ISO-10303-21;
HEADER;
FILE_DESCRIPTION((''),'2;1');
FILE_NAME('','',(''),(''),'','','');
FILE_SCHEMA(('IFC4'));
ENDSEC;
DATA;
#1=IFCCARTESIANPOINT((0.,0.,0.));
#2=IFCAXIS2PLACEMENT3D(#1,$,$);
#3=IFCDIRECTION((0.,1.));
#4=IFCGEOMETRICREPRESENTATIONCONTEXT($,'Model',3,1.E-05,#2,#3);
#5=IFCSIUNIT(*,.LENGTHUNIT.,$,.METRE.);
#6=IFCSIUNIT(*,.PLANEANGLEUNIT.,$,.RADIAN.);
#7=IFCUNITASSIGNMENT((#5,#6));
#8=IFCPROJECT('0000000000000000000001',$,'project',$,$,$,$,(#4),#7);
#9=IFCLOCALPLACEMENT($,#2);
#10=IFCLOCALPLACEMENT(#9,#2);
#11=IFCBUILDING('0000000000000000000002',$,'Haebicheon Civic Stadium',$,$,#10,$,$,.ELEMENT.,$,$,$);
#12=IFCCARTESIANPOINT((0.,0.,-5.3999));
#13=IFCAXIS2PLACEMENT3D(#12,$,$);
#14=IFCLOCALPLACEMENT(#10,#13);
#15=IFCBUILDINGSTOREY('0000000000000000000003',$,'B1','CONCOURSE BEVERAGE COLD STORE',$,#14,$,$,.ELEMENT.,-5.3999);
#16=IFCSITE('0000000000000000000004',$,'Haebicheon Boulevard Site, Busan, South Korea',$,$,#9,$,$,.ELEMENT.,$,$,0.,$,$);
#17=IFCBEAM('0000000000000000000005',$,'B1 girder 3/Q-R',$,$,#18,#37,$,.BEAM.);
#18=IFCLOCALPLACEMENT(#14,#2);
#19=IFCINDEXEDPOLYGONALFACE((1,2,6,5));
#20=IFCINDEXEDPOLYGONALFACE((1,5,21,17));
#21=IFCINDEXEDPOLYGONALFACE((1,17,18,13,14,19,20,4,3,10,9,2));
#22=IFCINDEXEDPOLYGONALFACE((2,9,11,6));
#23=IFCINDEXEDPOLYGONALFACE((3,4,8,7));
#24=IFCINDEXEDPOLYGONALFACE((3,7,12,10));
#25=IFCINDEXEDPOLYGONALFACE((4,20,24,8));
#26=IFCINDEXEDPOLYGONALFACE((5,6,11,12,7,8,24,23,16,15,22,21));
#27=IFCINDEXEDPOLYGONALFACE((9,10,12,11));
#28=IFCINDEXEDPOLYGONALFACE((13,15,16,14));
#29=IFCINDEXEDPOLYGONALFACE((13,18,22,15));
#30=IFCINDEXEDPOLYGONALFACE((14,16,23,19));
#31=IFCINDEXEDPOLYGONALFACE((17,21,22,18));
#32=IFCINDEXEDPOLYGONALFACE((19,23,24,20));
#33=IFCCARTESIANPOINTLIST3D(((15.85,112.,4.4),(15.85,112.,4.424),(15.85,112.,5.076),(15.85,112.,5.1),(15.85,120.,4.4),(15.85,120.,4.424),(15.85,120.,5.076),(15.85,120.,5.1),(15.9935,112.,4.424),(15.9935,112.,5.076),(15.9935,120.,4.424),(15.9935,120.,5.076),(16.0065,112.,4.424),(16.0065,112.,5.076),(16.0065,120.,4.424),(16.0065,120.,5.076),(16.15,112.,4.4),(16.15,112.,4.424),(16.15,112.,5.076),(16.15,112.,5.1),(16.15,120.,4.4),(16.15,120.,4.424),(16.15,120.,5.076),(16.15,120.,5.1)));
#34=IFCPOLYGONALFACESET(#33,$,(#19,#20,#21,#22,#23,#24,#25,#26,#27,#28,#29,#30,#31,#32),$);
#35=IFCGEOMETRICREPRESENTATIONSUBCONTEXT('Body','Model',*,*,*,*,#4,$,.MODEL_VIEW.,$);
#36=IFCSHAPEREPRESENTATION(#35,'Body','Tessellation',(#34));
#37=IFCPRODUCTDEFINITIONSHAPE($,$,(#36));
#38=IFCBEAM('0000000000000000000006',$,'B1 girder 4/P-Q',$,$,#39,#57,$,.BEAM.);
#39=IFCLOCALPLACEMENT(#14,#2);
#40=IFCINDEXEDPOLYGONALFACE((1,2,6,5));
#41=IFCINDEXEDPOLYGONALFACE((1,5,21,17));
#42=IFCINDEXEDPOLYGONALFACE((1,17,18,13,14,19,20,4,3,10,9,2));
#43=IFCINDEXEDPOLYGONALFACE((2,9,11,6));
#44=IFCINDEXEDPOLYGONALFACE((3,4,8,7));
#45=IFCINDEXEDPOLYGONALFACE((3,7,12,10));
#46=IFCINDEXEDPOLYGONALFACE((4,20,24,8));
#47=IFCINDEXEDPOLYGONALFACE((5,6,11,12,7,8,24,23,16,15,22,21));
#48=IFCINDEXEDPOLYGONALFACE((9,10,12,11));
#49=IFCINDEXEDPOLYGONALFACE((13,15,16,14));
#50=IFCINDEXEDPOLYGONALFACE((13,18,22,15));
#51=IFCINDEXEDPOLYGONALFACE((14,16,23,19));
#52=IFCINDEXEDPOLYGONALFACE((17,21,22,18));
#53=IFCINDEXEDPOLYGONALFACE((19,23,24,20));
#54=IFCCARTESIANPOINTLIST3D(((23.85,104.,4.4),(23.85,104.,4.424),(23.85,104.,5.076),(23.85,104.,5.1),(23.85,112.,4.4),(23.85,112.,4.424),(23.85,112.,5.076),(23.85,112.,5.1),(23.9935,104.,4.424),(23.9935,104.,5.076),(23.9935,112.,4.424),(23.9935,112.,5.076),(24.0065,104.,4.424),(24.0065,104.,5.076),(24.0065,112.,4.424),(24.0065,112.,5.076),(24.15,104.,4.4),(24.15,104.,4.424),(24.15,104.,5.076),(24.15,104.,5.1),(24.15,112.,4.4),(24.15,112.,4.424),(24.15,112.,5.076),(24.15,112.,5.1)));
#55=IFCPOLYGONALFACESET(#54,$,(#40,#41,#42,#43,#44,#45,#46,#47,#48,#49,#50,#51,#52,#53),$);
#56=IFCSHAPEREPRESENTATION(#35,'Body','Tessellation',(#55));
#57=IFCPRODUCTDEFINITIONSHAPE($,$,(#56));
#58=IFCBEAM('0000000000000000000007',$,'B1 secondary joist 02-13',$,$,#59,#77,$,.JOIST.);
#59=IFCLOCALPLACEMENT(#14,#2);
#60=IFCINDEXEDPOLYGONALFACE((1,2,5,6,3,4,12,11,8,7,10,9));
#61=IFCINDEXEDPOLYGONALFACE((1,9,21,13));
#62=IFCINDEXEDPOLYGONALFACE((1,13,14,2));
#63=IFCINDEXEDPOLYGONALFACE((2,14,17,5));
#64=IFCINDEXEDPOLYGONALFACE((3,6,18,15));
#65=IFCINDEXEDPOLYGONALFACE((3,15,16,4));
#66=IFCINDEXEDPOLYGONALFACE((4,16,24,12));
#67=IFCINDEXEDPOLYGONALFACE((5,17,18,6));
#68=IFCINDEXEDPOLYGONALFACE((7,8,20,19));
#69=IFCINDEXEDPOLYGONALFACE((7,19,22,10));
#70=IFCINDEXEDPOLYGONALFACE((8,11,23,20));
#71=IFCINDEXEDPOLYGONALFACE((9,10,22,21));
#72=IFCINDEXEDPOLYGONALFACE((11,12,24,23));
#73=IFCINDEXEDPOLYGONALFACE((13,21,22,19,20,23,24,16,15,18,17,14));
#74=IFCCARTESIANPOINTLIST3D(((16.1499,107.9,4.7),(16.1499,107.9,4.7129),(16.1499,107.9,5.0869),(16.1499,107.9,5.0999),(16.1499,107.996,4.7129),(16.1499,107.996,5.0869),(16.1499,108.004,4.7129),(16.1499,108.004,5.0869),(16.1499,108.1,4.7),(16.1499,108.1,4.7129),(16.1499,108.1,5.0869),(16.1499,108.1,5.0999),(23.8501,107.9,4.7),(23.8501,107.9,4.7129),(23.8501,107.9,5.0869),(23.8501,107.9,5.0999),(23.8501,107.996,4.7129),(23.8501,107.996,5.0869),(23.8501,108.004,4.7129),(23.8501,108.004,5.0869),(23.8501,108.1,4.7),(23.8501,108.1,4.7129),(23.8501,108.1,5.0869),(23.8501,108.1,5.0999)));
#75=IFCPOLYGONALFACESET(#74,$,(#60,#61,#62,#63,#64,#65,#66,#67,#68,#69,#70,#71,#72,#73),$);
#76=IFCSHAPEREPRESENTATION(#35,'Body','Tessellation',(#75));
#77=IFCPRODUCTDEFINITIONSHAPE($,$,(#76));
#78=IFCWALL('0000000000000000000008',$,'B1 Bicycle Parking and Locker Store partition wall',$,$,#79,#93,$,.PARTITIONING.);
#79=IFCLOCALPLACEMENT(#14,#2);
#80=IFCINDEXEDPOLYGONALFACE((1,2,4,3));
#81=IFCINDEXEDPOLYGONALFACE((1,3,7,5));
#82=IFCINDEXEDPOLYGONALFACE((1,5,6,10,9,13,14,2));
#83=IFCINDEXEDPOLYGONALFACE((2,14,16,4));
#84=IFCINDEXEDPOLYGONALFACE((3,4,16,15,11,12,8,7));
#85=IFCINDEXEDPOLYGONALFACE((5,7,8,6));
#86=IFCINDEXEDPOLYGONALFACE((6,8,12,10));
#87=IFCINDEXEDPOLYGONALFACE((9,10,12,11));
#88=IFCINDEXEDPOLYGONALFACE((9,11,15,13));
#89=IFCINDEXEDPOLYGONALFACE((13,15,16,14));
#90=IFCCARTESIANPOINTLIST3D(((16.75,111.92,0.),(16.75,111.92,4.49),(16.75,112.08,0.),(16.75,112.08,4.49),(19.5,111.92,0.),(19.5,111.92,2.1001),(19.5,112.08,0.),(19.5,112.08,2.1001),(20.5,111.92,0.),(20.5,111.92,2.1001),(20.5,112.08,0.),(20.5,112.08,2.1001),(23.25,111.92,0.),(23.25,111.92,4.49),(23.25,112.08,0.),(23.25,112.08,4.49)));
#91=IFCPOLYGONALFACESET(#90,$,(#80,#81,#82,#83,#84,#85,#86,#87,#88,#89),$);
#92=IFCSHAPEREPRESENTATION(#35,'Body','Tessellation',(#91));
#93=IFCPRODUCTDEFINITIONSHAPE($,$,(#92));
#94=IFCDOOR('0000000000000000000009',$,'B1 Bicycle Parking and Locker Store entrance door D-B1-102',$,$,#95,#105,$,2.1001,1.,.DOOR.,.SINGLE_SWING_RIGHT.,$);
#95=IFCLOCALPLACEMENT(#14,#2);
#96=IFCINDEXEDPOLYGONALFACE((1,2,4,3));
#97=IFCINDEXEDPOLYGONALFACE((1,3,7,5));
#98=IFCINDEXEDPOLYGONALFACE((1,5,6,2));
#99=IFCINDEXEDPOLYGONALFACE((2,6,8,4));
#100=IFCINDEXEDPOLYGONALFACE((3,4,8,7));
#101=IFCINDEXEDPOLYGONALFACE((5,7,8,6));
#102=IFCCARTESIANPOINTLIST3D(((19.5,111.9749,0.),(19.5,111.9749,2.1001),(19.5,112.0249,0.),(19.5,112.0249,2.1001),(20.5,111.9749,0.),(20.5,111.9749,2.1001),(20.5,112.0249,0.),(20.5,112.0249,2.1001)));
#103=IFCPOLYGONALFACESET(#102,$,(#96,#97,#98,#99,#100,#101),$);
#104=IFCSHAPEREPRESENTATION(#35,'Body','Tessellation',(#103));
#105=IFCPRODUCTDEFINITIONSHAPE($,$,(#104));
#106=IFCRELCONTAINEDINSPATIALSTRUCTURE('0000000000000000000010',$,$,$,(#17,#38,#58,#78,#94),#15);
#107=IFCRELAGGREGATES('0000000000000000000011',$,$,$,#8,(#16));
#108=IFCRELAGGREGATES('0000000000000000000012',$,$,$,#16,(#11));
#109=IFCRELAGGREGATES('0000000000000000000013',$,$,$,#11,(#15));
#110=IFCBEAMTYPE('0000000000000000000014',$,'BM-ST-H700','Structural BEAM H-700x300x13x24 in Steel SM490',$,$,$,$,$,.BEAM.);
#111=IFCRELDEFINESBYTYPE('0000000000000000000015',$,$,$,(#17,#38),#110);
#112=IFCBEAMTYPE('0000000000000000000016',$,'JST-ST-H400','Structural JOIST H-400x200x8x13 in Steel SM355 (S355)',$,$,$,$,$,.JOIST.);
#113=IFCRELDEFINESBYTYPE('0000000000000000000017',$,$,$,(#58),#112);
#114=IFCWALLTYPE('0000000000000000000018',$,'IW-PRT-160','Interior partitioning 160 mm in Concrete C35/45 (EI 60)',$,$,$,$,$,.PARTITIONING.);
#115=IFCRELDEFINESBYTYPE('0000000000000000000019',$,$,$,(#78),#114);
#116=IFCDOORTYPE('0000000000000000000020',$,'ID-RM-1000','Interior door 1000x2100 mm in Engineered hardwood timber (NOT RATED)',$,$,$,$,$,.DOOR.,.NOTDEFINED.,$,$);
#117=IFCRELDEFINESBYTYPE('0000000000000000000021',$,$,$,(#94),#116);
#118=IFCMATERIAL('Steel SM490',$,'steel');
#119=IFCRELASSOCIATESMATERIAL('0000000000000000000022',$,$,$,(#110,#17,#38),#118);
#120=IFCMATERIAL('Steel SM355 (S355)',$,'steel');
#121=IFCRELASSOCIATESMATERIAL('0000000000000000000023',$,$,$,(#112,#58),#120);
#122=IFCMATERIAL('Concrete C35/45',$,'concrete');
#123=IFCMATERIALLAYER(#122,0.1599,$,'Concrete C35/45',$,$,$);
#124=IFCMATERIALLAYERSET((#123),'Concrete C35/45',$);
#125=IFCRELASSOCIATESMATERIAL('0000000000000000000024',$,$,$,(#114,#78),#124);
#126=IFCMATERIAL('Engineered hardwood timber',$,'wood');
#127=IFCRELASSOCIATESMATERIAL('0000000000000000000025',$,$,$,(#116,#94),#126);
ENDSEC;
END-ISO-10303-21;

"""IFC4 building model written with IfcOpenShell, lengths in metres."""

from ifc_helpers import new_model, si_unit, direction, frame, frame_2d, origin, origin_2d, place, context, subcontext, project, spatial, rectangle, i_section, extrude, material, layer, layer_set, material_profile, profile_set, type_object, element, fill, save


model = new_model("IFC4")

# Units and contexts
model_context = context("Model", 3, precision=1e-05, world=origin(), true_north=direction((0.0, 1.0)))
body_context = subcontext(model_context, "Body", "Model", "MODEL_VIEW")
ifc_project = project(units=[si_unit("LENGTHUNIT", "METRE"), si_unit("PLANEANGLEUNIT", "RADIAN")], contexts=[model_context])

# Site, building, storey
site_placement = place(None, origin())
site = spatial("IfcSite", under=ifc_project, at=site_placement, Name="Haebicheon Boulevard Site, Busan, South Korea", CompositionType="ELEMENT", RefElevation=0.0)
building_placement = place(site_placement, origin())
building = spatial("IfcBuilding", under=site, at=building_placement, Name="Haebicheon Civic Stadium", CompositionType="ELEMENT")
storey_placement = place(building_placement, frame((0.0, 0.0, -5.3999)))
storey = spatial("IfcBuildingStorey", under=building, at=storey_placement, Name="B1", Description="CONCOURSE BEVERAGE COLD STORE", CompositionType="ELEMENT", Elevation=-5.3999)

# Beams
ifc_material_1 = material(Name="Steel SM490", Category="steel")
ifc_material_profile_1 = material_profile(ifc_material_1, i_section(OverallWidth=0.3, OverallDepth=0.7, WebThickness=0.0129, FlangeThickness=0.0239, at=origin_2d()), Name="H-700x300x13x24")
ifc_profile_set_1 = profile_set([ifc_material_profile_1], Name="Steel SM490")
beam_type_1 = type_object("IfcBeamType", Name="BM-ST-H700", Description="Structural BEAM H-700x300x13x24 in Steel SM490", PredefinedType="BEAM", material=ifc_profile_set_1)
for number, where, z_axis, x_axis, name in (
    (1, (16.0, 112.0, 4.75), (0.0, 1.0, 0.0), (-1.0, 0.0, 0.0), "B1 girder 3/Q-R"),
    (2, (24.0, 104.0, 4.75), (0.0, 1.0, 0.0), (-1.0, 0.0, 0.0), "B1 girder 4/P-Q"),
):
    element("IfcBeam", number, at=place(storey_placement, frame(where, z_axis=z_axis, x_axis=x_axis)), inside=storey, type_object=beam_type_1, material=ifc_profile_set_1, Name=name, PredefinedType="BEAM", context=body_context, shape_type="SweptSolid", body=[
        extrude(i_section(OverallWidth=0.3, OverallDepth=0.7, WebThickness=0.0129, FlangeThickness=0.0239, at=origin_2d()), origin(), (0.0, 0.0, 1.0), 8.0),
    ])
ifc_material_2 = material(Name="Steel SM355 (S355)", Category="steel")
ifc_material_profile_2 = material_profile(ifc_material_2, i_section(OverallWidth=0.2, OverallDepth=0.3999, WebThickness=0.0081, FlangeThickness=0.0129, at=origin_2d()), Name="H-400x200x8x13")
ifc_profile_set_2 = profile_set([ifc_material_profile_2], Name="Steel SM355 (S355)")
beam_type_2 = type_object("IfcBeamType", Name="JST-ST-H400", Description="Structural JOIST H-400x200x8x13 in Steel SM355 (S355)", PredefinedType="JOIST", material=ifc_profile_set_2)
beam_placement = place(storey_placement, frame((16.1499, 108.0, 4.8999), z_axis=(1.0, 0.0, 0.0), x_axis=(0.0, 1.0, 0.0)))
element("IfcBeam", 3, at=beam_placement, inside=storey, type_object=beam_type_2, material=ifc_profile_set_2, Name="B1 secondary joist 02-13", PredefinedType="JOIST", context=body_context, shape_type="SweptSolid", body=[
    extrude(i_section(OverallWidth=0.2, OverallDepth=0.3999, WebThickness=0.0081, FlangeThickness=0.0129, at=origin_2d()), origin(), (0.0, 0.0, 1.0), 7.7002),
])

# Wall, opening, door
ifc_material_3 = material(Name="Concrete C35/45", Category="concrete")
ifc_layer_1 = layer(ifc_material_3, 0.1599, Name="Concrete C35/45")
ifc_layer_set_1 = layer_set([ifc_layer_1], Name="Concrete C35/45")
wall_type = type_object("IfcWallType", Name="IW-PRT-160", Description="Interior partitioning 160 mm in Concrete C35/45 (EI 60)", PredefinedType="PARTITIONING", material=ifc_layer_set_1)
wall_placement = place(storey_placement, frame((16.75, 112.0, 0.0), z_axis=(0.0, 0.0, 1.0), x_axis=(1.0, 0.0, 0.0)))
wall = element("IfcWall", 4, at=wall_placement, inside=storey, type_object=wall_type, material=ifc_layer_set_1, Name="B1 Bicycle Parking and Locker Store partition wall", PredefinedType="PARTITIONING", context=body_context, shape_type="SweptSolid", body=[
    extrude(rectangle(XDim=6.5, YDim=0.1599, at=frame_2d((3.25, 0.0))), origin(), (0.0, 0.0, 1.0), 4.49),
])
opening_placement = place(wall_placement, frame((2.75, 0.0, 0.0)))
opening = element("IfcOpeningElement", 5, at=opening_placement, cuts=wall, PredefinedType="OPENING", context=body_context, shape_type="SweptSolid", body=[
    extrude(rectangle(XDim=1.0, YDim=2.1001, at=frame_2d((0.5, 1.05))), frame((0.0, 0.0898, 0.0), z_axis=(0.0, -1.0, 0.0), x_axis=(1.0, 0.0, 0.0)), (0.0, 0.0, 1.0), 0.1799),
])
ifc_material_4 = material(Name="Engineered hardwood timber", Category="wood")
door_type = type_object("IfcDoorType", Name="ID-RM-1000", Description="Interior door 1000x2100 mm in Engineered hardwood timber (NOT RATED)", OperationType="NOTDEFINED", PredefinedType="DOOR", material=ifc_material_4)
door_placement = place(opening_placement, origin())
door = element("IfcDoor", 6, at=door_placement, inside=storey, type_object=door_type, material=ifc_material_4, Name="B1 Bicycle Parking and Locker Store entrance door D-B1-102", OperationType="SINGLE_SWING_RIGHT", OverallHeight=2.1001, OverallWidth=1.0, PredefinedType="DOOR", context=body_context, shape_type="SweptSolid", body=[
    extrude(rectangle(XDim=1.0, YDim=2.1001, at=frame_2d((0.5, 1.05))), frame((0.0, 0.0249, 0.0), z_axis=(0.0, -1.0, 0.0), x_axis=(1.0, 0.0, 0.0)), (0.0, 0.0, 1.0), 0.05),
])
fill(opening, door)

save(model, "model.ifc")
